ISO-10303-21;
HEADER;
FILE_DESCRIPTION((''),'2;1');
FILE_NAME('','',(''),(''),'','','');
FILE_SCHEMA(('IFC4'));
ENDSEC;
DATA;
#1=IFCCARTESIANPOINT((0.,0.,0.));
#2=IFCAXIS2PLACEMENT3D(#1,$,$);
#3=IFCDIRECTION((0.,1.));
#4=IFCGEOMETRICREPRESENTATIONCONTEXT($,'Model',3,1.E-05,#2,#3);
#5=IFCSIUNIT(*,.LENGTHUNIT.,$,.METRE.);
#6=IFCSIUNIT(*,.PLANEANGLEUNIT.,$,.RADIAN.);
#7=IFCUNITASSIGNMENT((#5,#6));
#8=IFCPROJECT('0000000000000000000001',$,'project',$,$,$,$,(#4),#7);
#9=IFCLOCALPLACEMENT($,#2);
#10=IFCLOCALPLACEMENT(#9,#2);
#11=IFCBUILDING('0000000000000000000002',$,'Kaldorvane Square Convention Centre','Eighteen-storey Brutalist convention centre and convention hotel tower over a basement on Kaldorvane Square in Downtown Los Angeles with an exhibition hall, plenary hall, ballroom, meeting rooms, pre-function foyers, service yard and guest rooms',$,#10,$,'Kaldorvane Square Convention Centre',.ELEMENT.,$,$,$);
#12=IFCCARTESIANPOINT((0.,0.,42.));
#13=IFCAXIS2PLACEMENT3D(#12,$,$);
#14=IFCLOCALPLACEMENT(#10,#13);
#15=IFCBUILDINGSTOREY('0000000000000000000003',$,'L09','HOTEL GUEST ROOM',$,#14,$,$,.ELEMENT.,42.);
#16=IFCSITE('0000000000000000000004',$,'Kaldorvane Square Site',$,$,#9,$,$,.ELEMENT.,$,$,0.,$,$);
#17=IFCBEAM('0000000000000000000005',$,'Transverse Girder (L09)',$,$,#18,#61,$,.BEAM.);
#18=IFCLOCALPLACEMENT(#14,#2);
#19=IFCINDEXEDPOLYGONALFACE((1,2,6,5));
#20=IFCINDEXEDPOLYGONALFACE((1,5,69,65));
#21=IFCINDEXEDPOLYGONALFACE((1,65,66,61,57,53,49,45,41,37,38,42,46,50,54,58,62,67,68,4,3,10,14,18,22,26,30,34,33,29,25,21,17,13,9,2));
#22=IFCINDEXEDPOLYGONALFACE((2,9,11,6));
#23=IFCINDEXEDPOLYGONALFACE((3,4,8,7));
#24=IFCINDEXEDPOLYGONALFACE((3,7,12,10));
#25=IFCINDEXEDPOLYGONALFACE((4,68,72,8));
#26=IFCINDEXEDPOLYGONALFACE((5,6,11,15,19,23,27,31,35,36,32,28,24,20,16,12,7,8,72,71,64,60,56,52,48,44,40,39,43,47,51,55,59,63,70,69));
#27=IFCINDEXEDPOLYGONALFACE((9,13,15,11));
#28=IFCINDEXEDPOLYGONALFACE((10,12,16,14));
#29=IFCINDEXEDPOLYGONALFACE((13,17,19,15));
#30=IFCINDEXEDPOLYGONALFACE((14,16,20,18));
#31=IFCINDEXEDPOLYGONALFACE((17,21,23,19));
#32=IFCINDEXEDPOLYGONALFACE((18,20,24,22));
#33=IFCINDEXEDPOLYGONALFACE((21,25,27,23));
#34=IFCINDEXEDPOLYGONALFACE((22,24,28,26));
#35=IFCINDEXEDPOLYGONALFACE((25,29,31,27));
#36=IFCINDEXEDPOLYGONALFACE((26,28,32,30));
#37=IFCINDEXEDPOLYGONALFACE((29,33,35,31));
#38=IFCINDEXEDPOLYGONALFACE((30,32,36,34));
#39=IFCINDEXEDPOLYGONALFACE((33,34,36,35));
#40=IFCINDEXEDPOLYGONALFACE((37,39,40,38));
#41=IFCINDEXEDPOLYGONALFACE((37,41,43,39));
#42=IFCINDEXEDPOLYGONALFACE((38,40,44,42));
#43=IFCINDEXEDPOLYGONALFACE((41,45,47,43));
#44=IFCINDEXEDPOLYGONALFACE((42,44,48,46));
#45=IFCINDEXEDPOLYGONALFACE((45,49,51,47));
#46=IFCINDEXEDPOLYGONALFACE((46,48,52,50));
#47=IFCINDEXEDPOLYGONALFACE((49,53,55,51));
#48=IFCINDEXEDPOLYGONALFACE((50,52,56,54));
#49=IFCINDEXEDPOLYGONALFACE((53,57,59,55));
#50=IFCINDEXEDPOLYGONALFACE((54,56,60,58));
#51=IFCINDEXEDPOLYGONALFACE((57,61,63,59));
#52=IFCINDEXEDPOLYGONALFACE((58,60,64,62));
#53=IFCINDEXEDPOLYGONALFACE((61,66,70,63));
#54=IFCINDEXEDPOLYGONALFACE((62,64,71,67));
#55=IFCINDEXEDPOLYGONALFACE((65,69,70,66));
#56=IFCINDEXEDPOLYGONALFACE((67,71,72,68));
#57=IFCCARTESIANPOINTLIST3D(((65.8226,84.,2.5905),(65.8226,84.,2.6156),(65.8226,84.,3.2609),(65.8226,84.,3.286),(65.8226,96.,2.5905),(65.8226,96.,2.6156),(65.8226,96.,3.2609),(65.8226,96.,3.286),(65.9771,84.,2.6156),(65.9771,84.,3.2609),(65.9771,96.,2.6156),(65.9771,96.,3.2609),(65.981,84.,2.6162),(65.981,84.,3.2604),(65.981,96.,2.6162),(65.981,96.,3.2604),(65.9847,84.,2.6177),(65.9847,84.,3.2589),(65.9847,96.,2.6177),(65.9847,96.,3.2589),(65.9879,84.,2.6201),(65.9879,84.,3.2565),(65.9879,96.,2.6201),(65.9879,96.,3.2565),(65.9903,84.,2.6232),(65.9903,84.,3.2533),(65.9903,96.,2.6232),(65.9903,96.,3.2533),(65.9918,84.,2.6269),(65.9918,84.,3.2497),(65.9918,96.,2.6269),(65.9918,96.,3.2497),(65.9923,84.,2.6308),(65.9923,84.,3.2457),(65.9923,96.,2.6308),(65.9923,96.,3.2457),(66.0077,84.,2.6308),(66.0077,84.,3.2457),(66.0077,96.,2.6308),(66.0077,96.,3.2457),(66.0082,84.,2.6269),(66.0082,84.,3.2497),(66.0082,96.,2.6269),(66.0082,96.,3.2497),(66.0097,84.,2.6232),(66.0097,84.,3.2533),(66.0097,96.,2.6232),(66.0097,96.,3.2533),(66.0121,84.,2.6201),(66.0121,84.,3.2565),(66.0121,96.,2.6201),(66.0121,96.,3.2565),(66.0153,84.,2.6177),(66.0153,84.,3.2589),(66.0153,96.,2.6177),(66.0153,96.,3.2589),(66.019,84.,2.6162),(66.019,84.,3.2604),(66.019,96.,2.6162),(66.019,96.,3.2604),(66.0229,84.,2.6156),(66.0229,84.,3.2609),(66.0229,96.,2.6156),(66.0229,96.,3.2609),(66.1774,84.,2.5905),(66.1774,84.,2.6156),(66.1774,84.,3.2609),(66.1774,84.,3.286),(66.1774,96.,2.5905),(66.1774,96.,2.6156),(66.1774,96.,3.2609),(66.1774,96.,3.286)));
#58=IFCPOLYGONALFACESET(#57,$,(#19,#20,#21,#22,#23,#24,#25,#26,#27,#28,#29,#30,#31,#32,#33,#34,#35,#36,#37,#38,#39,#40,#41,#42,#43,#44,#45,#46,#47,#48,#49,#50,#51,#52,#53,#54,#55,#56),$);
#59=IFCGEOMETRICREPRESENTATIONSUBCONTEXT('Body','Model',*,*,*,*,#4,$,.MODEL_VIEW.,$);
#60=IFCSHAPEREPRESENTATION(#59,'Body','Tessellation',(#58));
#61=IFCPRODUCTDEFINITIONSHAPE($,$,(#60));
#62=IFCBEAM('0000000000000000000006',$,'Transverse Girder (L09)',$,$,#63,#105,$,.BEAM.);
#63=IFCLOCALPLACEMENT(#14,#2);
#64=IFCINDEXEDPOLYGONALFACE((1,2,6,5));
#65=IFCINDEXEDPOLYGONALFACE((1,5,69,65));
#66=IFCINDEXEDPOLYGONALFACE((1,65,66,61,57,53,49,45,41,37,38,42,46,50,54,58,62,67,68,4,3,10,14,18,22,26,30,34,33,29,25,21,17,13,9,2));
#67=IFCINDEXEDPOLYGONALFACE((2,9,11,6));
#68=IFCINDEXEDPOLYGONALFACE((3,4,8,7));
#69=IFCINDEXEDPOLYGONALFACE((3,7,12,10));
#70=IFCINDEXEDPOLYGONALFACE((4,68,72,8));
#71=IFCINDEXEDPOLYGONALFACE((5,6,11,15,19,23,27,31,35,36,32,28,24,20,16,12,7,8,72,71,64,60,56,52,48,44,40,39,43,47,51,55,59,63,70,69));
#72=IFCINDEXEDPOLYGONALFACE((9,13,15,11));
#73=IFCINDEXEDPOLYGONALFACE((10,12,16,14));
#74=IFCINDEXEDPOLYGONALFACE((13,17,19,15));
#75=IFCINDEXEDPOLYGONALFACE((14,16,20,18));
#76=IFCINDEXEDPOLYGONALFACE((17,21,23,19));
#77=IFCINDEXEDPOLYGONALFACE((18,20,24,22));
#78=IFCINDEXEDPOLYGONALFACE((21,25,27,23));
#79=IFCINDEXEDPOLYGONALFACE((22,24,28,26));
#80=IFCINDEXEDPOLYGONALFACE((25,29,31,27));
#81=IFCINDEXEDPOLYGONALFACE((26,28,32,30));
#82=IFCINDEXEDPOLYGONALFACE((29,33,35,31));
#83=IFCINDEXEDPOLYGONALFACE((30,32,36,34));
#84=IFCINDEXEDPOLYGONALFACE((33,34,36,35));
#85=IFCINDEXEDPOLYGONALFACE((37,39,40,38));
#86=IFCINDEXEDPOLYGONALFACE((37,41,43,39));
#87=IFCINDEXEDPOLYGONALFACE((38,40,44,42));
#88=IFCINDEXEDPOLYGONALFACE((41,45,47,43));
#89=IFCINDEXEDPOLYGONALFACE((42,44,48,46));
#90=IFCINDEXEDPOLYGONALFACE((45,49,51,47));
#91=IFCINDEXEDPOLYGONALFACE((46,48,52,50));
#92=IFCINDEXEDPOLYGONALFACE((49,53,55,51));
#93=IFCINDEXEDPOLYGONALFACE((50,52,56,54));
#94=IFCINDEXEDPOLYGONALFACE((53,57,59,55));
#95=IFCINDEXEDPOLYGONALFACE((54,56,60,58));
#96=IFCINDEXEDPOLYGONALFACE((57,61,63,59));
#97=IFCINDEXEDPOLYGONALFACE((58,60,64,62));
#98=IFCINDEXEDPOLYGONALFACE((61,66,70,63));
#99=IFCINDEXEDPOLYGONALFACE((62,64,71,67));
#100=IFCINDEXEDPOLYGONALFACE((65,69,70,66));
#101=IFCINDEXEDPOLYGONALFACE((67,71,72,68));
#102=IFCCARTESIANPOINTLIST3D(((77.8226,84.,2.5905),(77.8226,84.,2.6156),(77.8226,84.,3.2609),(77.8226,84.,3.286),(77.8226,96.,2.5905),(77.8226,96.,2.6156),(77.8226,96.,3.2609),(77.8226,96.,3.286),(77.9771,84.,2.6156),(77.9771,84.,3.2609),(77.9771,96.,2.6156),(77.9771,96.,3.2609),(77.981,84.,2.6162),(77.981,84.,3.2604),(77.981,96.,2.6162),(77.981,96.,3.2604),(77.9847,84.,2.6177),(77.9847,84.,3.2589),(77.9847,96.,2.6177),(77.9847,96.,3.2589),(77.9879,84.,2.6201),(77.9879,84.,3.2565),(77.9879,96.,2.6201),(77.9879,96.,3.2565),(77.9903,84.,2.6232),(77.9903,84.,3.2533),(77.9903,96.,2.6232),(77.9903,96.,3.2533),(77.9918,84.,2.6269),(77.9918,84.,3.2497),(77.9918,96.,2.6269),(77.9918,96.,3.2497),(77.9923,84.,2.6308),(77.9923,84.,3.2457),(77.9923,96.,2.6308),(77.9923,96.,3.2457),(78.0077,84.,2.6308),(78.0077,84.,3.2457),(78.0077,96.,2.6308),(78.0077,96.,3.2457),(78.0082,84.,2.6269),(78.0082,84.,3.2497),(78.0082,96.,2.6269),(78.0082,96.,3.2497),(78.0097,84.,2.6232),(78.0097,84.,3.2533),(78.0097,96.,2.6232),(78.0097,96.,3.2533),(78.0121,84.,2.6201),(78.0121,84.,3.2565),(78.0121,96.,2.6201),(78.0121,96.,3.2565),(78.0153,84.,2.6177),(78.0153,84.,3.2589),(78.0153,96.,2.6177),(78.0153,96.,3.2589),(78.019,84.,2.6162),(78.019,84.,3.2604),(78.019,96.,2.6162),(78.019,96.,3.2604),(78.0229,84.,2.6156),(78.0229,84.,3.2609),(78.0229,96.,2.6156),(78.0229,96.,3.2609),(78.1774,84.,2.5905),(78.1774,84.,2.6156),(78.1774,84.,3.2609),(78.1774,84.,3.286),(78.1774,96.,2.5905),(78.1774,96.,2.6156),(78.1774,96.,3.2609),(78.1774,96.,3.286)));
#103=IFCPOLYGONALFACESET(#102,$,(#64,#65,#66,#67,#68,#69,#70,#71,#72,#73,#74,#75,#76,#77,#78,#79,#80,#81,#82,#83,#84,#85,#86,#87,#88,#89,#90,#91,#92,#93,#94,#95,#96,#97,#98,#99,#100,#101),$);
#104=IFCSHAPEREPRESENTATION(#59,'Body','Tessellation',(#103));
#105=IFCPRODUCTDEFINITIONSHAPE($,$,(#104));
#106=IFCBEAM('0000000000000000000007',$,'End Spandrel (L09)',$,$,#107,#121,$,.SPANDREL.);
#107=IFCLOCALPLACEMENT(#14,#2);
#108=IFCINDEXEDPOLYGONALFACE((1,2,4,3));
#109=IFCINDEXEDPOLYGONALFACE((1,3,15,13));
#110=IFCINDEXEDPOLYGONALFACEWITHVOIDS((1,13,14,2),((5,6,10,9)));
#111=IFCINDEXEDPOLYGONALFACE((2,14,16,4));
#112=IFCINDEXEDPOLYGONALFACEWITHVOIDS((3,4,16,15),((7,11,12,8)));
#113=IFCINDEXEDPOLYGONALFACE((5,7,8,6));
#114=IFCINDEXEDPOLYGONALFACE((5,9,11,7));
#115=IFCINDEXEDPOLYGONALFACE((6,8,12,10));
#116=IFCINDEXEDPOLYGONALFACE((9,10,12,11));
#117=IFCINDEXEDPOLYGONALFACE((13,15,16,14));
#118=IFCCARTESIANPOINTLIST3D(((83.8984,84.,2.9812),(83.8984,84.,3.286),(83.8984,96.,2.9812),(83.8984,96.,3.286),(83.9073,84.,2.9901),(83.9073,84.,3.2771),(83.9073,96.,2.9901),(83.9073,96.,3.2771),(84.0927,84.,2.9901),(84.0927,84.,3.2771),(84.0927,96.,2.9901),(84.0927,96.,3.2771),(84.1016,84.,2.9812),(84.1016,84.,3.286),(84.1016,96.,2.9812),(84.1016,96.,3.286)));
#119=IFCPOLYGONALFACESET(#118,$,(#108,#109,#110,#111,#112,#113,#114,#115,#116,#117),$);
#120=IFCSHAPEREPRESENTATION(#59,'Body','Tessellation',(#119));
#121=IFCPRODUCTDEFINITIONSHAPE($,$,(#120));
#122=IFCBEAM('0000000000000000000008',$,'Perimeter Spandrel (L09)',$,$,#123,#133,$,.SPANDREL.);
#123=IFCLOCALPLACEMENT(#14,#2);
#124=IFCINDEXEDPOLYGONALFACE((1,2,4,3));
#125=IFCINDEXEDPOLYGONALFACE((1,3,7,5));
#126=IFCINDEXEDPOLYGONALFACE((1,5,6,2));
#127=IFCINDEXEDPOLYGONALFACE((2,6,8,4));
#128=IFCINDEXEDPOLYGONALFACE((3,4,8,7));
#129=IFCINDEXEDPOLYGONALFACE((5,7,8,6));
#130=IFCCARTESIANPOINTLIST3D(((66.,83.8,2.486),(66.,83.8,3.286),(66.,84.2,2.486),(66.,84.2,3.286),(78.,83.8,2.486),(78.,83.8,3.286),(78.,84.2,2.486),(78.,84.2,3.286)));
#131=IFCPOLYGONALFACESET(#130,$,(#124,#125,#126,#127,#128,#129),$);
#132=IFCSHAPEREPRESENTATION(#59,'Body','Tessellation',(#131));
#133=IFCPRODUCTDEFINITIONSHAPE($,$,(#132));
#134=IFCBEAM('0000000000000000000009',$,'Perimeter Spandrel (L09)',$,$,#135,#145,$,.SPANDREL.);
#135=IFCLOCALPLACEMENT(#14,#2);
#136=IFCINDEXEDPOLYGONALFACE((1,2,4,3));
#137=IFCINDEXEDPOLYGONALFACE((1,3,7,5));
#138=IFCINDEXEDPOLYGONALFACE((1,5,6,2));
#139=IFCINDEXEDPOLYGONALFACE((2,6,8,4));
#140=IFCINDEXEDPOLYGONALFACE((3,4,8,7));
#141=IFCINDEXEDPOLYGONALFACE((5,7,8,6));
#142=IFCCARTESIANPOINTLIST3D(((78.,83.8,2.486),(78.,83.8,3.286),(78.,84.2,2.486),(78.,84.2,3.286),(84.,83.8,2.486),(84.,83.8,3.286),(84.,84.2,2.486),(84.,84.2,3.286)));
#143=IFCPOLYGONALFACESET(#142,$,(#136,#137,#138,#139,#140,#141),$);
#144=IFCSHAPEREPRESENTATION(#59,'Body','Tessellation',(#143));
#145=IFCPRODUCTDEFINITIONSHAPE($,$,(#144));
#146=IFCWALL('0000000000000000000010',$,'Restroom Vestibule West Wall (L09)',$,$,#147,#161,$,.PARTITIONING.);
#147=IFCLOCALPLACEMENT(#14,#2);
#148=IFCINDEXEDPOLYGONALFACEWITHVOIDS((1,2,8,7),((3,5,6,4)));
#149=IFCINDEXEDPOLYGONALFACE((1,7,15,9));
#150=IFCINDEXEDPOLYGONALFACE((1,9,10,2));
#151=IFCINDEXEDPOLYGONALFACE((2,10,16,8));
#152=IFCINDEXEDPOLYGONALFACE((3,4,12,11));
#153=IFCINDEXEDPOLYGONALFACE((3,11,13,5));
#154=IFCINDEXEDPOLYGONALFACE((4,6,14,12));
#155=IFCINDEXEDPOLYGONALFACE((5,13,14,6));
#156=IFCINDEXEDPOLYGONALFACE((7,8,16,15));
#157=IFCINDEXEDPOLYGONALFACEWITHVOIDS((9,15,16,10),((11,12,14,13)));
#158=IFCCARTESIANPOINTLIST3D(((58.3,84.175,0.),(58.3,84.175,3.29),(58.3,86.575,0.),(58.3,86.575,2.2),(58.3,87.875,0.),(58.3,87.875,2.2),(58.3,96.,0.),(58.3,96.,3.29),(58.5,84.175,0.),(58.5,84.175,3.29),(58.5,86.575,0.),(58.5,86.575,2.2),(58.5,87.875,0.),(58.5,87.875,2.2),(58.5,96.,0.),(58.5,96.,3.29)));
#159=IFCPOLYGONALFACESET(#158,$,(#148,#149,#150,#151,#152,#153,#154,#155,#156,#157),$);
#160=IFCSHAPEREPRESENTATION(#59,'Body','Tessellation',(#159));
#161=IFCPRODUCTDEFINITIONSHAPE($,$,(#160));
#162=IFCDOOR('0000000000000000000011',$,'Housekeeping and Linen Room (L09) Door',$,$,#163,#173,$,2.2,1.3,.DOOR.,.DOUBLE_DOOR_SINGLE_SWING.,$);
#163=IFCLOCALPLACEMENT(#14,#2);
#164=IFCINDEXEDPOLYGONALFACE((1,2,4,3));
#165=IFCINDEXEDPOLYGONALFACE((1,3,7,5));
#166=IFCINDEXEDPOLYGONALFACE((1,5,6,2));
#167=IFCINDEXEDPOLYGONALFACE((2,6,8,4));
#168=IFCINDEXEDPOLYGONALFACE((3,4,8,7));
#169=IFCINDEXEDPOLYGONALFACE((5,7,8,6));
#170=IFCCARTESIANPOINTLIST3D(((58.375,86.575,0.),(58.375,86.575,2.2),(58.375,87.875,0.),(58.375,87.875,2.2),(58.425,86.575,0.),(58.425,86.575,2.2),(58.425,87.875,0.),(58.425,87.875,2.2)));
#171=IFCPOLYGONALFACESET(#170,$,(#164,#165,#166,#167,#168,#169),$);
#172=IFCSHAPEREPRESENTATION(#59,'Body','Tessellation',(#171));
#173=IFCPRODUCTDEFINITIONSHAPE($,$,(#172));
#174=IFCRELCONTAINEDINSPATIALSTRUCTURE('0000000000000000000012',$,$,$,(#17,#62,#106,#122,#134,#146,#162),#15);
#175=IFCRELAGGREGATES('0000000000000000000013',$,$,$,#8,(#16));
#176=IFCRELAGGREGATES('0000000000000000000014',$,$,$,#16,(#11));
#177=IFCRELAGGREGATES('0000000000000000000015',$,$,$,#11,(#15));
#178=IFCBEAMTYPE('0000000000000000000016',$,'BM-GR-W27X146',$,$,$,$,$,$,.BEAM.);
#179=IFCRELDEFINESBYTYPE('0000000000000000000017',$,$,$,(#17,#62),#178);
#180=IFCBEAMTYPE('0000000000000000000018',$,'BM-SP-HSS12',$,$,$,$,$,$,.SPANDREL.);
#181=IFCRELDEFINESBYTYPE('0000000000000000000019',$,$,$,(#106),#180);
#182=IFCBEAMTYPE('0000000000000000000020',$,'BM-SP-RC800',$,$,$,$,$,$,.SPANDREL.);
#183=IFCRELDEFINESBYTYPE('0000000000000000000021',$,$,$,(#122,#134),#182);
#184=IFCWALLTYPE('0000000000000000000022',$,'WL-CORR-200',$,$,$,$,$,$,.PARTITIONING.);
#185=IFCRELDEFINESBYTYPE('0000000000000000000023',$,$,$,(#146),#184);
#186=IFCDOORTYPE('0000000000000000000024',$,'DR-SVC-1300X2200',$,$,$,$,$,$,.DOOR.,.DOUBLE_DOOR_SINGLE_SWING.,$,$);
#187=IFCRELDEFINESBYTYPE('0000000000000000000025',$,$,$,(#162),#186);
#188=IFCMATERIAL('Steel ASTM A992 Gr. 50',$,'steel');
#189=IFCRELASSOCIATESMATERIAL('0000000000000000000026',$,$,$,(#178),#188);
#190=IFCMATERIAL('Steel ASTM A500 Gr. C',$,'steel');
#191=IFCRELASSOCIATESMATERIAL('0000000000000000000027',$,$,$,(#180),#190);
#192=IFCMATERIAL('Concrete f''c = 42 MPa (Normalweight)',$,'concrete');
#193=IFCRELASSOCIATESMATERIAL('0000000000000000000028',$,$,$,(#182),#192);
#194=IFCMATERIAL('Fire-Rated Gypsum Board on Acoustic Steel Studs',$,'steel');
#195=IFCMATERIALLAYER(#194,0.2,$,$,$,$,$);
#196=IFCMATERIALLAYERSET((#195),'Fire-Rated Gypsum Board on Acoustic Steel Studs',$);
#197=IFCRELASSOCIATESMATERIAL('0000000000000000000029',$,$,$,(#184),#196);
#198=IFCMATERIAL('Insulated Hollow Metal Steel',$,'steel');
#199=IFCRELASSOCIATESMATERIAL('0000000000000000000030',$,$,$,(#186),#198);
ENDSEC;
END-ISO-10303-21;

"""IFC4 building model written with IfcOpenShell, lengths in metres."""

from ifc_helpers import new_model, si_unit, direction, frame, frame_2d, origin, origin_2d, place, context, subcontext, project, spatial, rectangle, hollow_rectangle, i_section, extrude, material, layer, layer_set, material_profile, profile_set, type_object, element, fill, save


model = new_model("IFC4")

# Units and contexts
model_context = context("Model", 3, precision=1e-05, world=origin(), true_north=direction((0.0, 1.0)))
body_context = subcontext(model_context, "Body", "Model", "MODEL_VIEW")
ifc_project = project(units=[si_unit("LENGTHUNIT", "METRE"), si_unit("PLANEANGLEUNIT", "RADIAN")], contexts=[model_context])

# Site, building, storey
site_placement = place(None, origin())
site = spatial("IfcSite", under=ifc_project, at=site_placement, Name="Kaldorvane Square Site", CompositionType="ELEMENT", RefElevation=0.0)
building_placement = place(site_placement, origin())
building = spatial("IfcBuilding", under=site, at=building_placement, Name="Kaldorvane Square Convention Centre", Description="Eighteen-storey Brutalist convention centre and convention hotel tower over a basement on Kaldorvane Square in Downtown Los Angeles with an exhibition hall, plenary hall, ballroom, meeting rooms, pre-function foyers, service yard and guest rooms", LongName="Kaldorvane Square Convention Centre", CompositionType="ELEMENT")
storey_placement = place(building_placement, frame((0.0, 0.0, 42.0)))
storey = spatial("IfcBuildingStorey", under=building, at=storey_placement, Name="L09", Description="HOTEL GUEST ROOM", CompositionType="ELEMENT", Elevation=42.0)

# Beams
ifc_material_1 = material(Name="Steel ASTM A992 Gr. 50", Category="steel")
ifc_material_profile_1 = material_profile(ifc_material_1, i_section(OverallWidth=0.3547, OverallDepth=0.6955, WebThickness=0.0154, FlangeThickness=0.0251, FilletRadius=0.0152, at=origin_2d()), Name="W27X146")
ifc_profile_set_1 = profile_set([ifc_material_profile_1], Name="Steel ASTM A992 Gr. 50")
beam_type_1 = type_object("IfcBeamType", Name="BM-GR-W27X146", PredefinedType="BEAM", material=ifc_profile_set_1)
for number, where, z_axis, x_axis, name in (
    (1, (66.0, 84.0, 2.9383), (0.0, 1.0, 0.0), (-1.0, 0.0, 0.0), "Transverse Girder (L09)"),
    (2, (78.0, 84.0, 2.9383), (0.0, 1.0, 0.0), (-1.0, 0.0, 0.0), "Transverse Girder (L09)"),
):
    element("IfcBeam", number, at=place(storey_placement, frame(where, z_axis=z_axis, x_axis=x_axis)), inside=storey, type_object=beam_type_1, Name=name, PredefinedType="BEAM", context=body_context, shape_type="SweptSolid", body=[
        extrude(i_section(OverallWidth=0.3547, OverallDepth=0.6955, WebThickness=0.0154, FlangeThickness=0.0251, FilletRadius=0.0152, at=origin_2d()), origin(), (0.0, 0.0, 1.0), 12.0),
    ])
ifc_material_2 = material(Name="Steel ASTM A500 Gr. C", Category="steel")
ifc_material_profile_2 = material_profile(ifc_material_2, hollow_rectangle(XDim=0.2032, YDim=0.3048, WallThickness=0.0089, at=origin_2d()), Name="HSS12X8X3/8")
ifc_profile_set_2 = profile_set([ifc_material_profile_2], Name="Steel ASTM A500 Gr. C")
beam_type_2 = type_object("IfcBeamType", Name="BM-SP-HSS12", PredefinedType="SPANDREL", material=ifc_profile_set_2)
beam_1_placement = place(storey_placement, frame((84.0, 84.0, 3.1336), z_axis=(0.0, 1.0, 0.0), x_axis=(-1.0, 0.0, 0.0)))
element("IfcBeam", 3, at=beam_1_placement, inside=storey, type_object=beam_type_2, Name="End Spandrel (L09)", PredefinedType="SPANDREL", context=body_context, shape_type="SweptSolid", body=[
    extrude(hollow_rectangle(XDim=0.2032, YDim=0.3048, WallThickness=0.0089, at=origin_2d()), origin(), (0.0, 0.0, 1.0), 12.0),
])
ifc_material_3 = material(Name="Concrete f'c = 42 MPa (Normalweight)", Category="concrete")
ifc_material_profile_3 = material_profile(ifc_material_3, rectangle(XDim=0.4, YDim=0.8, at=origin_2d()), Name="RCSP800X400")
ifc_profile_set_3 = profile_set([ifc_material_profile_3], Name="Concrete f'c = 42 MPa (Normalweight)")
beam_type_3 = type_object("IfcBeamType", Name="BM-SP-RC800", PredefinedType="SPANDREL", material=ifc_profile_set_3)
beam_2_placement = place(storey_placement, frame((66.0, 84.0, 2.886), z_axis=(1.0, 0.0, 0.0), x_axis=(0.0, 1.0, 0.0)))
element("IfcBeam", 4, at=beam_2_placement, inside=storey, type_object=beam_type_3, Name="Perimeter Spandrel (L09)", PredefinedType="SPANDREL", context=body_context, shape_type="SweptSolid", body=[
    extrude(rectangle(XDim=0.4, YDim=0.8, at=origin_2d()), origin(), (0.0, 0.0, 1.0), 12.0),
])
beam_3_placement = place(storey_placement, frame((78.0, 84.0, 2.886), z_axis=(1.0, 0.0, 0.0), x_axis=(0.0, 1.0, 0.0)))
element("IfcBeam", 5, at=beam_3_placement, inside=storey, type_object=beam_type_3, Name="Perimeter Spandrel (L09)", PredefinedType="SPANDREL", context=body_context, shape_type="SweptSolid", body=[
    extrude(rectangle(XDim=0.4, YDim=0.8, at=origin_2d()), origin(), (0.0, 0.0, 1.0), 6.0),
])

# Wall, opening, door
ifc_material_4 = material(Name="Fire-Rated Gypsum Board on Acoustic Steel Studs", Category="steel")
ifc_layer_1 = layer(ifc_material_4, 0.2)
ifc_layer_set_1 = layer_set([ifc_layer_1], Name="Fire-Rated Gypsum Board on Acoustic Steel Studs")
wall_type_1 = type_object("IfcWallType", Name="WL-CORR-200", PredefinedType="PARTITIONING", material=ifc_layer_set_1)
wall_1_placement = place(storey_placement, frame((58.4, 84.175, 0.0), z_axis=(0.0, 0.0, 1.0), x_axis=(0.0, 1.0, 0.0)))
wall_1 = element("IfcWall", 6, at=wall_1_placement, inside=storey, type_object=wall_type_1, Name="Restroom Vestibule West Wall (L09)", PredefinedType="PARTITIONING", context=body_context, shape_type="SweptSolid", body=[
    extrude(rectangle(XDim=11.825, YDim=0.2, at=frame_2d((5.9125, 0.0))), origin(), (0.0, 0.0, 1.0), 3.29),
])
opening_1_placement = place(wall_1_placement, frame((2.4, 0.0, 0.0)))
opening_1 = element("IfcOpeningElement", 7, at=opening_1_placement, cuts=wall_1, PredefinedType="OPENING", context=body_context, shape_type="SweptSolid", body=[
    extrude(rectangle(XDim=1.3, YDim=2.2, at=frame_2d((0.65, 1.1))), frame((0.0, 0.115, 0.0), z_axis=(0.0, -1.0, 0.0), x_axis=(1.0, 0.0, 0.0)), (0.0, 0.0, 1.0), 0.23),
])
ifc_material_5 = material(Name="Insulated Hollow Metal Steel", Category="steel")
door_type_1 = type_object("IfcDoorType", Name="DR-SVC-1300X2200", OperationType="DOUBLE_DOOR_SINGLE_SWING", PredefinedType="DOOR", material=ifc_material_5)
door_1_placement = place(opening_1_placement, origin())
door_1 = element("IfcDoor", 8, at=door_1_placement, inside=storey, type_object=door_type_1, Name="Housekeeping and Linen Room (L09) Door", OperationType="DOUBLE_DOOR_SINGLE_SWING", OverallHeight=2.2, OverallWidth=1.3, PredefinedType="DOOR", context=body_context, shape_type="SweptSolid", body=[
    extrude(rectangle(XDim=1.3, YDim=2.2, at=frame_2d((0.65, 1.1))), frame((0.0, 0.025, 0.0), z_axis=(0.0, -1.0, 0.0), x_axis=(1.0, 0.0, 0.0)), (0.0, 0.0, 1.0), 0.05),
])
fill(opening_1, door_1)

save(model, "model.ifc")
